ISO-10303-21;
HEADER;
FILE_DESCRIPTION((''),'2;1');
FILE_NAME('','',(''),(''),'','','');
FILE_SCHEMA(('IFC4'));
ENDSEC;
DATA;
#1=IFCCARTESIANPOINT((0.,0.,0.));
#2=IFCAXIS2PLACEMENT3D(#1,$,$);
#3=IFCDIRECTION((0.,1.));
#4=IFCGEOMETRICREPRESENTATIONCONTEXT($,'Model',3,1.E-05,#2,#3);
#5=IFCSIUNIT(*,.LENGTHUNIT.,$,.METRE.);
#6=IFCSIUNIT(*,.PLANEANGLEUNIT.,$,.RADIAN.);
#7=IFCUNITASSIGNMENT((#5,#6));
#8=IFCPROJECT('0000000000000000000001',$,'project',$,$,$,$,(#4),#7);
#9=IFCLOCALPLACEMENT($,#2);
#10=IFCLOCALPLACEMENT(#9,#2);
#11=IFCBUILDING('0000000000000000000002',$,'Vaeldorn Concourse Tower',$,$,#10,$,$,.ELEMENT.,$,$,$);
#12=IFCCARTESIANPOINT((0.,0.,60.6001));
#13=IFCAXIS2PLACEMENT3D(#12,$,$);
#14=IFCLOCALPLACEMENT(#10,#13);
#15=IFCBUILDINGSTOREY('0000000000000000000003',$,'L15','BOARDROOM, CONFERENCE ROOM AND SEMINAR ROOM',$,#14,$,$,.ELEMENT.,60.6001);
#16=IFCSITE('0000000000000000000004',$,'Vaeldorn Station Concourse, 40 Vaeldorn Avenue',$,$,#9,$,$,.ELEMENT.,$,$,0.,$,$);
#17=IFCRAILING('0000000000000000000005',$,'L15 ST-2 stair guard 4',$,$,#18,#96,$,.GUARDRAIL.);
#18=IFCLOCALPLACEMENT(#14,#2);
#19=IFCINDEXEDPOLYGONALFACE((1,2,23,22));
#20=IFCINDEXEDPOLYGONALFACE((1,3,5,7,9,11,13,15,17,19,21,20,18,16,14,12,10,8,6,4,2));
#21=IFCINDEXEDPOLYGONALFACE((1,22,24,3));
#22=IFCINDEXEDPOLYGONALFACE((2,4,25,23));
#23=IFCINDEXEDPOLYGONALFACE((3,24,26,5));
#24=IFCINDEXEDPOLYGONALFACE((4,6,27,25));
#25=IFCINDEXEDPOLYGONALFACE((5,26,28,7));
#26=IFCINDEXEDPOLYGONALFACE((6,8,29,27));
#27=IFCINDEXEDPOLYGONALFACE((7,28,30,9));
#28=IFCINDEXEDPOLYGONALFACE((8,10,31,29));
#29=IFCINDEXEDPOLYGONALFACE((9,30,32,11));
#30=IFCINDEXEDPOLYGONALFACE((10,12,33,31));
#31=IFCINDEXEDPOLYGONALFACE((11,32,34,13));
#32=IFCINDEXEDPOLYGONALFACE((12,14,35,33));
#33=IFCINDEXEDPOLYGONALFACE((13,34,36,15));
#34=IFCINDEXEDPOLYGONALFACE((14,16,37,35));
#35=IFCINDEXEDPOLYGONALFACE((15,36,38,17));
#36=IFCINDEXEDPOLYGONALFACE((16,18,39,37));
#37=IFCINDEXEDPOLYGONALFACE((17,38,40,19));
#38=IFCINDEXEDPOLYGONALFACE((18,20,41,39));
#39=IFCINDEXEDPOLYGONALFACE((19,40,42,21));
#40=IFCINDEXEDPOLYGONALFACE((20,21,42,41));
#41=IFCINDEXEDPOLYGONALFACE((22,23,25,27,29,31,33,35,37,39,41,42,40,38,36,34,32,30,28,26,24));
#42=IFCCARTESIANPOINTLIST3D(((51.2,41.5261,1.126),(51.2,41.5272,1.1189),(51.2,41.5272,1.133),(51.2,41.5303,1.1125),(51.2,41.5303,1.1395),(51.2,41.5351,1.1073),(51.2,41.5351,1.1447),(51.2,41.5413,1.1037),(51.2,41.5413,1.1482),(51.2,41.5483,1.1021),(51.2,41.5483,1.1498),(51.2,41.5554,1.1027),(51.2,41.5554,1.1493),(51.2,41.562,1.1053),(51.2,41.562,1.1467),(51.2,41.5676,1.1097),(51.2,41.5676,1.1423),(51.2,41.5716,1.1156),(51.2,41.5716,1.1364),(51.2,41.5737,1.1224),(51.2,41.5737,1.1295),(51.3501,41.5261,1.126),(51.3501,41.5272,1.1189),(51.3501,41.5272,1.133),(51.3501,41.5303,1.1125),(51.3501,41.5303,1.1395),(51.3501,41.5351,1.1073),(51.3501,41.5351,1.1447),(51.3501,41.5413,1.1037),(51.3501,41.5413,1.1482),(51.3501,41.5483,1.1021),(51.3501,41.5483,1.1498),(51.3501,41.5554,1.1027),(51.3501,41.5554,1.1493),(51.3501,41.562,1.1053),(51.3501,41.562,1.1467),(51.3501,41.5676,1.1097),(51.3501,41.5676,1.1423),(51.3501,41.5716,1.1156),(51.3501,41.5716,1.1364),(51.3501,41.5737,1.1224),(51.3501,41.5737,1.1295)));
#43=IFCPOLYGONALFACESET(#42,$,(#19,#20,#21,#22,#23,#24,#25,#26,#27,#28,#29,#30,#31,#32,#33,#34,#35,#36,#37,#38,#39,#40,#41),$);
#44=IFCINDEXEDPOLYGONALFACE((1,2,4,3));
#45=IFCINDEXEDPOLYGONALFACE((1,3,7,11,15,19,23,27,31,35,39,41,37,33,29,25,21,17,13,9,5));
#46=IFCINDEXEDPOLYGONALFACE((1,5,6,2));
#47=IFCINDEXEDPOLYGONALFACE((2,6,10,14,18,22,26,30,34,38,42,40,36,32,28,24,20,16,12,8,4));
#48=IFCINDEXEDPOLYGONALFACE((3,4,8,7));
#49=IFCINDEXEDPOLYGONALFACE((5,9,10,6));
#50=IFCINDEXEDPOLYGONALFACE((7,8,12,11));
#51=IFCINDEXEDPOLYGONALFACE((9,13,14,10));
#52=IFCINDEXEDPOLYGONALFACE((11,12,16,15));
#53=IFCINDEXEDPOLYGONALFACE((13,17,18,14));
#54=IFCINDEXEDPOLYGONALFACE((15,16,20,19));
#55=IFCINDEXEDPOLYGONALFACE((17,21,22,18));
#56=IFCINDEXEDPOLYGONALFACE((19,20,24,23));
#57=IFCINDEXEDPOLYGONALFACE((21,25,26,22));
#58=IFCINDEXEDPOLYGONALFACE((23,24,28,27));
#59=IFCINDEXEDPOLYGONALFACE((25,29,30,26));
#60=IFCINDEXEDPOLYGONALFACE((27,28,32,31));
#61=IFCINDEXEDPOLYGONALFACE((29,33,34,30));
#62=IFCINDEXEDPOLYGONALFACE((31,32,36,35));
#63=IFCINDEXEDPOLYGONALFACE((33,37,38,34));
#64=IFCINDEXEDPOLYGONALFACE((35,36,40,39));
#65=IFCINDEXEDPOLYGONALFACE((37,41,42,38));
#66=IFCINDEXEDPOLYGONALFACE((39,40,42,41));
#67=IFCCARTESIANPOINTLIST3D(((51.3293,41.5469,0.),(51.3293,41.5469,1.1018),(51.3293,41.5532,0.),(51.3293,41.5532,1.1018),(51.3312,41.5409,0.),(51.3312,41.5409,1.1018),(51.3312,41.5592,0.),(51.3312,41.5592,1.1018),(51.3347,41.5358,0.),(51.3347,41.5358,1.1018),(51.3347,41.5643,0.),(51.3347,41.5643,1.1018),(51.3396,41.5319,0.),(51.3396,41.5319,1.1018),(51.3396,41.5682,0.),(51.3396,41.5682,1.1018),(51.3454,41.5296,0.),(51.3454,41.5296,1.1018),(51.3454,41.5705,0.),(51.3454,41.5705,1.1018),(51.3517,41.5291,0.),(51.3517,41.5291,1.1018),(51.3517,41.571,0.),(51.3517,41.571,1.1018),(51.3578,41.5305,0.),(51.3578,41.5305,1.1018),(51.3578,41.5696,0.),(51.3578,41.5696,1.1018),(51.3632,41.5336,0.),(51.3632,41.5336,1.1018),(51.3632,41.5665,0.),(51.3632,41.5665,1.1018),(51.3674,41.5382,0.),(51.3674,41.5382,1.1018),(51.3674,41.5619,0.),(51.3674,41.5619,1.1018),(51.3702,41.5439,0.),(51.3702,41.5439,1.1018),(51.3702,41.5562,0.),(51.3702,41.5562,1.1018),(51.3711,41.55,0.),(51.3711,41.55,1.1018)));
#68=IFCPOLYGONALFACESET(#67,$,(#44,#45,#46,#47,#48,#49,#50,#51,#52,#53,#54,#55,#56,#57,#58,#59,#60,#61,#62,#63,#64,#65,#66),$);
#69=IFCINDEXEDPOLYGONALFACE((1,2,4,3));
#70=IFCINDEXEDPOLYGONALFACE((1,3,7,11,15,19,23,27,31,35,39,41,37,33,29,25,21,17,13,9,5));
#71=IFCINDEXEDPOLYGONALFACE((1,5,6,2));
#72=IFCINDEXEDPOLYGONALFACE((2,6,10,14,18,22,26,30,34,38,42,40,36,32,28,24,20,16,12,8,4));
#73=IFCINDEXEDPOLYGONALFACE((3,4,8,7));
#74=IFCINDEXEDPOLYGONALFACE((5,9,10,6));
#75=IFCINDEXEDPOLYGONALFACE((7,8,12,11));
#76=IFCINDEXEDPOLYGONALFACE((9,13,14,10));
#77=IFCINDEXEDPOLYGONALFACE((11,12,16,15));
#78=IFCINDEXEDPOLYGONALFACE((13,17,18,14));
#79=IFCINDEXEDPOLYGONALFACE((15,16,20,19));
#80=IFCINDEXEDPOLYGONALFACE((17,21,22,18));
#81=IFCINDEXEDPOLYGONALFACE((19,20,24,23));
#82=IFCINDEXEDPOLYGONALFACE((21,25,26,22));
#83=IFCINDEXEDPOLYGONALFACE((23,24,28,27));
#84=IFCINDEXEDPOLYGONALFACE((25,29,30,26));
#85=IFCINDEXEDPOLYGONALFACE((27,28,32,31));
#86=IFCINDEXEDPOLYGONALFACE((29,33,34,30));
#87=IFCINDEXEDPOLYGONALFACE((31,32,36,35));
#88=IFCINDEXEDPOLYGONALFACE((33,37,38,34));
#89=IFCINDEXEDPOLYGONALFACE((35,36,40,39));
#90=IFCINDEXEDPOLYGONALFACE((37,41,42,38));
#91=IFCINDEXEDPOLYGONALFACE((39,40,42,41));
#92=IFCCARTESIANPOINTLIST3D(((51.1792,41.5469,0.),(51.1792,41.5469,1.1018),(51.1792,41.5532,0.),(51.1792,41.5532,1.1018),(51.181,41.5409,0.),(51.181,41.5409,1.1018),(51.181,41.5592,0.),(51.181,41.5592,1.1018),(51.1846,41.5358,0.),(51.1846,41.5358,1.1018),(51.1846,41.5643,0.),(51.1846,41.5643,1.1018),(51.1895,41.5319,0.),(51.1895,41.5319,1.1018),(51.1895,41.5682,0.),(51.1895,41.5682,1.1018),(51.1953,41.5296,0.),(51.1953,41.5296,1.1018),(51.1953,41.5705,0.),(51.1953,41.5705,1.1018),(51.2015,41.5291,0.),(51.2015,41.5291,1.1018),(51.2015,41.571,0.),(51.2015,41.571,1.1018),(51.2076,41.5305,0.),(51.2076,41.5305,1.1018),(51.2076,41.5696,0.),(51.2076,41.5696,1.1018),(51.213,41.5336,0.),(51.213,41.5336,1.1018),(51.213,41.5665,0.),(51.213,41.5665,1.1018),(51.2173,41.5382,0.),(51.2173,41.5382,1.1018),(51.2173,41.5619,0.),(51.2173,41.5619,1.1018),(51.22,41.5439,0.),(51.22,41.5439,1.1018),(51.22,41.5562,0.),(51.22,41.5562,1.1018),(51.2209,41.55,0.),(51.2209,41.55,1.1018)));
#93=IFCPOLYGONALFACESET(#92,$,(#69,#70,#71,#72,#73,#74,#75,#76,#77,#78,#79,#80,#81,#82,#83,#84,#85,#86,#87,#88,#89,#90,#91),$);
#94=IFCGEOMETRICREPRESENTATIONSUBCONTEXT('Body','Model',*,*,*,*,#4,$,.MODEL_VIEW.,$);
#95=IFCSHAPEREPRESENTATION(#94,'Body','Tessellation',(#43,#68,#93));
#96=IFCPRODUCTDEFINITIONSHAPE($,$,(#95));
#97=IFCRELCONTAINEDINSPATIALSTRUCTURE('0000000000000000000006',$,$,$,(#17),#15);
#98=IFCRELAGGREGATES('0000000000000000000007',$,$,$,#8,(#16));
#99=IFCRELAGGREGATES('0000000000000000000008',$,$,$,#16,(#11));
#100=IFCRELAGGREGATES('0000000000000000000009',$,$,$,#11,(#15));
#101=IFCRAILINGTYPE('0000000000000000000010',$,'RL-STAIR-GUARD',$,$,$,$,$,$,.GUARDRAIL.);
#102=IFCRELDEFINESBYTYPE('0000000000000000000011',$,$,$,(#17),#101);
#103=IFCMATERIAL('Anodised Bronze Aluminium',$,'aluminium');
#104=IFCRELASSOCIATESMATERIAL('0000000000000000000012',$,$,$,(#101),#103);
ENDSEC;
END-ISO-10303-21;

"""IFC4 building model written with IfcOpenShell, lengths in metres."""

from ifc_helpers import new_model, si_unit, direction, frame, origin, origin_2d, place, context, subcontext, project, spatial, circle, extrude, material, type_object, element, save


model = new_model("IFC4")

# Units and contexts
model_context = context("Model", 3, precision=1e-05, world=origin(), true_north=direction((0.0, 1.0)))
body_context = subcontext(model_context, "Body", "Model", "MODEL_VIEW")
ifc_project = project(units=[si_unit("LENGTHUNIT", "METRE"), si_unit("PLANEANGLEUNIT", "RADIAN")], contexts=[model_context])

# Site, building, storey
site_placement = place(None, origin())
site = spatial("IfcSite", under=ifc_project, at=site_placement, Name="Vaeldorn Station Concourse, 40 Vaeldorn Avenue", CompositionType="ELEMENT", RefElevation=0.0)
building_placement = place(site_placement, origin())
building = spatial("IfcBuilding", under=site, at=building_placement, Name="Vaeldorn Concourse Tower", CompositionType="ELEMENT")
storey_placement = place(building_placement, frame((0.0, 0.0, 60.6001)))
storey = spatial("IfcBuildingStorey", under=building, at=storey_placement, Name="L15", Description="BOARDROOM, CONFERENCE ROOM AND SEMINAR ROOM", CompositionType="ELEMENT", Elevation=60.6001)

# Shared definitions
ifc_material_1 = material(Name="Anodised Bronze Aluminium", Category="aluminium")

# Railing
railing_type_1 = type_object("IfcRailingType", Name="RL-STAIR-GUARD", PredefinedType="GUARDRAIL", material=ifc_material_1)
railing_1_placement = place(storey_placement, frame((51.3501, 41.55, 0.0)))
element("IfcRailing", 1, at=railing_1_placement, inside=storey, type_object=railing_type_1, Name="L15 ST-2 stair guard 4", PredefinedType="GUARDRAIL", context=body_context, shape_type="SweptSolid", body=[
    extrude(circle(Radius=0.0239, at=origin_2d()), frame((0.0, 0.0, 1.126), z_axis=(-1.0, 0.0, 0.0), x_axis=(0.0, -1.0, 0.0)), (0.0, 0.0, 1.0), 0.1501),
    extrude(circle(Radius=0.021, at=origin_2d()), origin(), (0.0, 0.0, 1.0), 1.1018),
    extrude(circle(Radius=0.021, at=origin_2d()), frame((-0.1501, 0.0, 0.0)), (0.0, 0.0, 1.0), 1.1018),
])

save(model, "model.ifc")
